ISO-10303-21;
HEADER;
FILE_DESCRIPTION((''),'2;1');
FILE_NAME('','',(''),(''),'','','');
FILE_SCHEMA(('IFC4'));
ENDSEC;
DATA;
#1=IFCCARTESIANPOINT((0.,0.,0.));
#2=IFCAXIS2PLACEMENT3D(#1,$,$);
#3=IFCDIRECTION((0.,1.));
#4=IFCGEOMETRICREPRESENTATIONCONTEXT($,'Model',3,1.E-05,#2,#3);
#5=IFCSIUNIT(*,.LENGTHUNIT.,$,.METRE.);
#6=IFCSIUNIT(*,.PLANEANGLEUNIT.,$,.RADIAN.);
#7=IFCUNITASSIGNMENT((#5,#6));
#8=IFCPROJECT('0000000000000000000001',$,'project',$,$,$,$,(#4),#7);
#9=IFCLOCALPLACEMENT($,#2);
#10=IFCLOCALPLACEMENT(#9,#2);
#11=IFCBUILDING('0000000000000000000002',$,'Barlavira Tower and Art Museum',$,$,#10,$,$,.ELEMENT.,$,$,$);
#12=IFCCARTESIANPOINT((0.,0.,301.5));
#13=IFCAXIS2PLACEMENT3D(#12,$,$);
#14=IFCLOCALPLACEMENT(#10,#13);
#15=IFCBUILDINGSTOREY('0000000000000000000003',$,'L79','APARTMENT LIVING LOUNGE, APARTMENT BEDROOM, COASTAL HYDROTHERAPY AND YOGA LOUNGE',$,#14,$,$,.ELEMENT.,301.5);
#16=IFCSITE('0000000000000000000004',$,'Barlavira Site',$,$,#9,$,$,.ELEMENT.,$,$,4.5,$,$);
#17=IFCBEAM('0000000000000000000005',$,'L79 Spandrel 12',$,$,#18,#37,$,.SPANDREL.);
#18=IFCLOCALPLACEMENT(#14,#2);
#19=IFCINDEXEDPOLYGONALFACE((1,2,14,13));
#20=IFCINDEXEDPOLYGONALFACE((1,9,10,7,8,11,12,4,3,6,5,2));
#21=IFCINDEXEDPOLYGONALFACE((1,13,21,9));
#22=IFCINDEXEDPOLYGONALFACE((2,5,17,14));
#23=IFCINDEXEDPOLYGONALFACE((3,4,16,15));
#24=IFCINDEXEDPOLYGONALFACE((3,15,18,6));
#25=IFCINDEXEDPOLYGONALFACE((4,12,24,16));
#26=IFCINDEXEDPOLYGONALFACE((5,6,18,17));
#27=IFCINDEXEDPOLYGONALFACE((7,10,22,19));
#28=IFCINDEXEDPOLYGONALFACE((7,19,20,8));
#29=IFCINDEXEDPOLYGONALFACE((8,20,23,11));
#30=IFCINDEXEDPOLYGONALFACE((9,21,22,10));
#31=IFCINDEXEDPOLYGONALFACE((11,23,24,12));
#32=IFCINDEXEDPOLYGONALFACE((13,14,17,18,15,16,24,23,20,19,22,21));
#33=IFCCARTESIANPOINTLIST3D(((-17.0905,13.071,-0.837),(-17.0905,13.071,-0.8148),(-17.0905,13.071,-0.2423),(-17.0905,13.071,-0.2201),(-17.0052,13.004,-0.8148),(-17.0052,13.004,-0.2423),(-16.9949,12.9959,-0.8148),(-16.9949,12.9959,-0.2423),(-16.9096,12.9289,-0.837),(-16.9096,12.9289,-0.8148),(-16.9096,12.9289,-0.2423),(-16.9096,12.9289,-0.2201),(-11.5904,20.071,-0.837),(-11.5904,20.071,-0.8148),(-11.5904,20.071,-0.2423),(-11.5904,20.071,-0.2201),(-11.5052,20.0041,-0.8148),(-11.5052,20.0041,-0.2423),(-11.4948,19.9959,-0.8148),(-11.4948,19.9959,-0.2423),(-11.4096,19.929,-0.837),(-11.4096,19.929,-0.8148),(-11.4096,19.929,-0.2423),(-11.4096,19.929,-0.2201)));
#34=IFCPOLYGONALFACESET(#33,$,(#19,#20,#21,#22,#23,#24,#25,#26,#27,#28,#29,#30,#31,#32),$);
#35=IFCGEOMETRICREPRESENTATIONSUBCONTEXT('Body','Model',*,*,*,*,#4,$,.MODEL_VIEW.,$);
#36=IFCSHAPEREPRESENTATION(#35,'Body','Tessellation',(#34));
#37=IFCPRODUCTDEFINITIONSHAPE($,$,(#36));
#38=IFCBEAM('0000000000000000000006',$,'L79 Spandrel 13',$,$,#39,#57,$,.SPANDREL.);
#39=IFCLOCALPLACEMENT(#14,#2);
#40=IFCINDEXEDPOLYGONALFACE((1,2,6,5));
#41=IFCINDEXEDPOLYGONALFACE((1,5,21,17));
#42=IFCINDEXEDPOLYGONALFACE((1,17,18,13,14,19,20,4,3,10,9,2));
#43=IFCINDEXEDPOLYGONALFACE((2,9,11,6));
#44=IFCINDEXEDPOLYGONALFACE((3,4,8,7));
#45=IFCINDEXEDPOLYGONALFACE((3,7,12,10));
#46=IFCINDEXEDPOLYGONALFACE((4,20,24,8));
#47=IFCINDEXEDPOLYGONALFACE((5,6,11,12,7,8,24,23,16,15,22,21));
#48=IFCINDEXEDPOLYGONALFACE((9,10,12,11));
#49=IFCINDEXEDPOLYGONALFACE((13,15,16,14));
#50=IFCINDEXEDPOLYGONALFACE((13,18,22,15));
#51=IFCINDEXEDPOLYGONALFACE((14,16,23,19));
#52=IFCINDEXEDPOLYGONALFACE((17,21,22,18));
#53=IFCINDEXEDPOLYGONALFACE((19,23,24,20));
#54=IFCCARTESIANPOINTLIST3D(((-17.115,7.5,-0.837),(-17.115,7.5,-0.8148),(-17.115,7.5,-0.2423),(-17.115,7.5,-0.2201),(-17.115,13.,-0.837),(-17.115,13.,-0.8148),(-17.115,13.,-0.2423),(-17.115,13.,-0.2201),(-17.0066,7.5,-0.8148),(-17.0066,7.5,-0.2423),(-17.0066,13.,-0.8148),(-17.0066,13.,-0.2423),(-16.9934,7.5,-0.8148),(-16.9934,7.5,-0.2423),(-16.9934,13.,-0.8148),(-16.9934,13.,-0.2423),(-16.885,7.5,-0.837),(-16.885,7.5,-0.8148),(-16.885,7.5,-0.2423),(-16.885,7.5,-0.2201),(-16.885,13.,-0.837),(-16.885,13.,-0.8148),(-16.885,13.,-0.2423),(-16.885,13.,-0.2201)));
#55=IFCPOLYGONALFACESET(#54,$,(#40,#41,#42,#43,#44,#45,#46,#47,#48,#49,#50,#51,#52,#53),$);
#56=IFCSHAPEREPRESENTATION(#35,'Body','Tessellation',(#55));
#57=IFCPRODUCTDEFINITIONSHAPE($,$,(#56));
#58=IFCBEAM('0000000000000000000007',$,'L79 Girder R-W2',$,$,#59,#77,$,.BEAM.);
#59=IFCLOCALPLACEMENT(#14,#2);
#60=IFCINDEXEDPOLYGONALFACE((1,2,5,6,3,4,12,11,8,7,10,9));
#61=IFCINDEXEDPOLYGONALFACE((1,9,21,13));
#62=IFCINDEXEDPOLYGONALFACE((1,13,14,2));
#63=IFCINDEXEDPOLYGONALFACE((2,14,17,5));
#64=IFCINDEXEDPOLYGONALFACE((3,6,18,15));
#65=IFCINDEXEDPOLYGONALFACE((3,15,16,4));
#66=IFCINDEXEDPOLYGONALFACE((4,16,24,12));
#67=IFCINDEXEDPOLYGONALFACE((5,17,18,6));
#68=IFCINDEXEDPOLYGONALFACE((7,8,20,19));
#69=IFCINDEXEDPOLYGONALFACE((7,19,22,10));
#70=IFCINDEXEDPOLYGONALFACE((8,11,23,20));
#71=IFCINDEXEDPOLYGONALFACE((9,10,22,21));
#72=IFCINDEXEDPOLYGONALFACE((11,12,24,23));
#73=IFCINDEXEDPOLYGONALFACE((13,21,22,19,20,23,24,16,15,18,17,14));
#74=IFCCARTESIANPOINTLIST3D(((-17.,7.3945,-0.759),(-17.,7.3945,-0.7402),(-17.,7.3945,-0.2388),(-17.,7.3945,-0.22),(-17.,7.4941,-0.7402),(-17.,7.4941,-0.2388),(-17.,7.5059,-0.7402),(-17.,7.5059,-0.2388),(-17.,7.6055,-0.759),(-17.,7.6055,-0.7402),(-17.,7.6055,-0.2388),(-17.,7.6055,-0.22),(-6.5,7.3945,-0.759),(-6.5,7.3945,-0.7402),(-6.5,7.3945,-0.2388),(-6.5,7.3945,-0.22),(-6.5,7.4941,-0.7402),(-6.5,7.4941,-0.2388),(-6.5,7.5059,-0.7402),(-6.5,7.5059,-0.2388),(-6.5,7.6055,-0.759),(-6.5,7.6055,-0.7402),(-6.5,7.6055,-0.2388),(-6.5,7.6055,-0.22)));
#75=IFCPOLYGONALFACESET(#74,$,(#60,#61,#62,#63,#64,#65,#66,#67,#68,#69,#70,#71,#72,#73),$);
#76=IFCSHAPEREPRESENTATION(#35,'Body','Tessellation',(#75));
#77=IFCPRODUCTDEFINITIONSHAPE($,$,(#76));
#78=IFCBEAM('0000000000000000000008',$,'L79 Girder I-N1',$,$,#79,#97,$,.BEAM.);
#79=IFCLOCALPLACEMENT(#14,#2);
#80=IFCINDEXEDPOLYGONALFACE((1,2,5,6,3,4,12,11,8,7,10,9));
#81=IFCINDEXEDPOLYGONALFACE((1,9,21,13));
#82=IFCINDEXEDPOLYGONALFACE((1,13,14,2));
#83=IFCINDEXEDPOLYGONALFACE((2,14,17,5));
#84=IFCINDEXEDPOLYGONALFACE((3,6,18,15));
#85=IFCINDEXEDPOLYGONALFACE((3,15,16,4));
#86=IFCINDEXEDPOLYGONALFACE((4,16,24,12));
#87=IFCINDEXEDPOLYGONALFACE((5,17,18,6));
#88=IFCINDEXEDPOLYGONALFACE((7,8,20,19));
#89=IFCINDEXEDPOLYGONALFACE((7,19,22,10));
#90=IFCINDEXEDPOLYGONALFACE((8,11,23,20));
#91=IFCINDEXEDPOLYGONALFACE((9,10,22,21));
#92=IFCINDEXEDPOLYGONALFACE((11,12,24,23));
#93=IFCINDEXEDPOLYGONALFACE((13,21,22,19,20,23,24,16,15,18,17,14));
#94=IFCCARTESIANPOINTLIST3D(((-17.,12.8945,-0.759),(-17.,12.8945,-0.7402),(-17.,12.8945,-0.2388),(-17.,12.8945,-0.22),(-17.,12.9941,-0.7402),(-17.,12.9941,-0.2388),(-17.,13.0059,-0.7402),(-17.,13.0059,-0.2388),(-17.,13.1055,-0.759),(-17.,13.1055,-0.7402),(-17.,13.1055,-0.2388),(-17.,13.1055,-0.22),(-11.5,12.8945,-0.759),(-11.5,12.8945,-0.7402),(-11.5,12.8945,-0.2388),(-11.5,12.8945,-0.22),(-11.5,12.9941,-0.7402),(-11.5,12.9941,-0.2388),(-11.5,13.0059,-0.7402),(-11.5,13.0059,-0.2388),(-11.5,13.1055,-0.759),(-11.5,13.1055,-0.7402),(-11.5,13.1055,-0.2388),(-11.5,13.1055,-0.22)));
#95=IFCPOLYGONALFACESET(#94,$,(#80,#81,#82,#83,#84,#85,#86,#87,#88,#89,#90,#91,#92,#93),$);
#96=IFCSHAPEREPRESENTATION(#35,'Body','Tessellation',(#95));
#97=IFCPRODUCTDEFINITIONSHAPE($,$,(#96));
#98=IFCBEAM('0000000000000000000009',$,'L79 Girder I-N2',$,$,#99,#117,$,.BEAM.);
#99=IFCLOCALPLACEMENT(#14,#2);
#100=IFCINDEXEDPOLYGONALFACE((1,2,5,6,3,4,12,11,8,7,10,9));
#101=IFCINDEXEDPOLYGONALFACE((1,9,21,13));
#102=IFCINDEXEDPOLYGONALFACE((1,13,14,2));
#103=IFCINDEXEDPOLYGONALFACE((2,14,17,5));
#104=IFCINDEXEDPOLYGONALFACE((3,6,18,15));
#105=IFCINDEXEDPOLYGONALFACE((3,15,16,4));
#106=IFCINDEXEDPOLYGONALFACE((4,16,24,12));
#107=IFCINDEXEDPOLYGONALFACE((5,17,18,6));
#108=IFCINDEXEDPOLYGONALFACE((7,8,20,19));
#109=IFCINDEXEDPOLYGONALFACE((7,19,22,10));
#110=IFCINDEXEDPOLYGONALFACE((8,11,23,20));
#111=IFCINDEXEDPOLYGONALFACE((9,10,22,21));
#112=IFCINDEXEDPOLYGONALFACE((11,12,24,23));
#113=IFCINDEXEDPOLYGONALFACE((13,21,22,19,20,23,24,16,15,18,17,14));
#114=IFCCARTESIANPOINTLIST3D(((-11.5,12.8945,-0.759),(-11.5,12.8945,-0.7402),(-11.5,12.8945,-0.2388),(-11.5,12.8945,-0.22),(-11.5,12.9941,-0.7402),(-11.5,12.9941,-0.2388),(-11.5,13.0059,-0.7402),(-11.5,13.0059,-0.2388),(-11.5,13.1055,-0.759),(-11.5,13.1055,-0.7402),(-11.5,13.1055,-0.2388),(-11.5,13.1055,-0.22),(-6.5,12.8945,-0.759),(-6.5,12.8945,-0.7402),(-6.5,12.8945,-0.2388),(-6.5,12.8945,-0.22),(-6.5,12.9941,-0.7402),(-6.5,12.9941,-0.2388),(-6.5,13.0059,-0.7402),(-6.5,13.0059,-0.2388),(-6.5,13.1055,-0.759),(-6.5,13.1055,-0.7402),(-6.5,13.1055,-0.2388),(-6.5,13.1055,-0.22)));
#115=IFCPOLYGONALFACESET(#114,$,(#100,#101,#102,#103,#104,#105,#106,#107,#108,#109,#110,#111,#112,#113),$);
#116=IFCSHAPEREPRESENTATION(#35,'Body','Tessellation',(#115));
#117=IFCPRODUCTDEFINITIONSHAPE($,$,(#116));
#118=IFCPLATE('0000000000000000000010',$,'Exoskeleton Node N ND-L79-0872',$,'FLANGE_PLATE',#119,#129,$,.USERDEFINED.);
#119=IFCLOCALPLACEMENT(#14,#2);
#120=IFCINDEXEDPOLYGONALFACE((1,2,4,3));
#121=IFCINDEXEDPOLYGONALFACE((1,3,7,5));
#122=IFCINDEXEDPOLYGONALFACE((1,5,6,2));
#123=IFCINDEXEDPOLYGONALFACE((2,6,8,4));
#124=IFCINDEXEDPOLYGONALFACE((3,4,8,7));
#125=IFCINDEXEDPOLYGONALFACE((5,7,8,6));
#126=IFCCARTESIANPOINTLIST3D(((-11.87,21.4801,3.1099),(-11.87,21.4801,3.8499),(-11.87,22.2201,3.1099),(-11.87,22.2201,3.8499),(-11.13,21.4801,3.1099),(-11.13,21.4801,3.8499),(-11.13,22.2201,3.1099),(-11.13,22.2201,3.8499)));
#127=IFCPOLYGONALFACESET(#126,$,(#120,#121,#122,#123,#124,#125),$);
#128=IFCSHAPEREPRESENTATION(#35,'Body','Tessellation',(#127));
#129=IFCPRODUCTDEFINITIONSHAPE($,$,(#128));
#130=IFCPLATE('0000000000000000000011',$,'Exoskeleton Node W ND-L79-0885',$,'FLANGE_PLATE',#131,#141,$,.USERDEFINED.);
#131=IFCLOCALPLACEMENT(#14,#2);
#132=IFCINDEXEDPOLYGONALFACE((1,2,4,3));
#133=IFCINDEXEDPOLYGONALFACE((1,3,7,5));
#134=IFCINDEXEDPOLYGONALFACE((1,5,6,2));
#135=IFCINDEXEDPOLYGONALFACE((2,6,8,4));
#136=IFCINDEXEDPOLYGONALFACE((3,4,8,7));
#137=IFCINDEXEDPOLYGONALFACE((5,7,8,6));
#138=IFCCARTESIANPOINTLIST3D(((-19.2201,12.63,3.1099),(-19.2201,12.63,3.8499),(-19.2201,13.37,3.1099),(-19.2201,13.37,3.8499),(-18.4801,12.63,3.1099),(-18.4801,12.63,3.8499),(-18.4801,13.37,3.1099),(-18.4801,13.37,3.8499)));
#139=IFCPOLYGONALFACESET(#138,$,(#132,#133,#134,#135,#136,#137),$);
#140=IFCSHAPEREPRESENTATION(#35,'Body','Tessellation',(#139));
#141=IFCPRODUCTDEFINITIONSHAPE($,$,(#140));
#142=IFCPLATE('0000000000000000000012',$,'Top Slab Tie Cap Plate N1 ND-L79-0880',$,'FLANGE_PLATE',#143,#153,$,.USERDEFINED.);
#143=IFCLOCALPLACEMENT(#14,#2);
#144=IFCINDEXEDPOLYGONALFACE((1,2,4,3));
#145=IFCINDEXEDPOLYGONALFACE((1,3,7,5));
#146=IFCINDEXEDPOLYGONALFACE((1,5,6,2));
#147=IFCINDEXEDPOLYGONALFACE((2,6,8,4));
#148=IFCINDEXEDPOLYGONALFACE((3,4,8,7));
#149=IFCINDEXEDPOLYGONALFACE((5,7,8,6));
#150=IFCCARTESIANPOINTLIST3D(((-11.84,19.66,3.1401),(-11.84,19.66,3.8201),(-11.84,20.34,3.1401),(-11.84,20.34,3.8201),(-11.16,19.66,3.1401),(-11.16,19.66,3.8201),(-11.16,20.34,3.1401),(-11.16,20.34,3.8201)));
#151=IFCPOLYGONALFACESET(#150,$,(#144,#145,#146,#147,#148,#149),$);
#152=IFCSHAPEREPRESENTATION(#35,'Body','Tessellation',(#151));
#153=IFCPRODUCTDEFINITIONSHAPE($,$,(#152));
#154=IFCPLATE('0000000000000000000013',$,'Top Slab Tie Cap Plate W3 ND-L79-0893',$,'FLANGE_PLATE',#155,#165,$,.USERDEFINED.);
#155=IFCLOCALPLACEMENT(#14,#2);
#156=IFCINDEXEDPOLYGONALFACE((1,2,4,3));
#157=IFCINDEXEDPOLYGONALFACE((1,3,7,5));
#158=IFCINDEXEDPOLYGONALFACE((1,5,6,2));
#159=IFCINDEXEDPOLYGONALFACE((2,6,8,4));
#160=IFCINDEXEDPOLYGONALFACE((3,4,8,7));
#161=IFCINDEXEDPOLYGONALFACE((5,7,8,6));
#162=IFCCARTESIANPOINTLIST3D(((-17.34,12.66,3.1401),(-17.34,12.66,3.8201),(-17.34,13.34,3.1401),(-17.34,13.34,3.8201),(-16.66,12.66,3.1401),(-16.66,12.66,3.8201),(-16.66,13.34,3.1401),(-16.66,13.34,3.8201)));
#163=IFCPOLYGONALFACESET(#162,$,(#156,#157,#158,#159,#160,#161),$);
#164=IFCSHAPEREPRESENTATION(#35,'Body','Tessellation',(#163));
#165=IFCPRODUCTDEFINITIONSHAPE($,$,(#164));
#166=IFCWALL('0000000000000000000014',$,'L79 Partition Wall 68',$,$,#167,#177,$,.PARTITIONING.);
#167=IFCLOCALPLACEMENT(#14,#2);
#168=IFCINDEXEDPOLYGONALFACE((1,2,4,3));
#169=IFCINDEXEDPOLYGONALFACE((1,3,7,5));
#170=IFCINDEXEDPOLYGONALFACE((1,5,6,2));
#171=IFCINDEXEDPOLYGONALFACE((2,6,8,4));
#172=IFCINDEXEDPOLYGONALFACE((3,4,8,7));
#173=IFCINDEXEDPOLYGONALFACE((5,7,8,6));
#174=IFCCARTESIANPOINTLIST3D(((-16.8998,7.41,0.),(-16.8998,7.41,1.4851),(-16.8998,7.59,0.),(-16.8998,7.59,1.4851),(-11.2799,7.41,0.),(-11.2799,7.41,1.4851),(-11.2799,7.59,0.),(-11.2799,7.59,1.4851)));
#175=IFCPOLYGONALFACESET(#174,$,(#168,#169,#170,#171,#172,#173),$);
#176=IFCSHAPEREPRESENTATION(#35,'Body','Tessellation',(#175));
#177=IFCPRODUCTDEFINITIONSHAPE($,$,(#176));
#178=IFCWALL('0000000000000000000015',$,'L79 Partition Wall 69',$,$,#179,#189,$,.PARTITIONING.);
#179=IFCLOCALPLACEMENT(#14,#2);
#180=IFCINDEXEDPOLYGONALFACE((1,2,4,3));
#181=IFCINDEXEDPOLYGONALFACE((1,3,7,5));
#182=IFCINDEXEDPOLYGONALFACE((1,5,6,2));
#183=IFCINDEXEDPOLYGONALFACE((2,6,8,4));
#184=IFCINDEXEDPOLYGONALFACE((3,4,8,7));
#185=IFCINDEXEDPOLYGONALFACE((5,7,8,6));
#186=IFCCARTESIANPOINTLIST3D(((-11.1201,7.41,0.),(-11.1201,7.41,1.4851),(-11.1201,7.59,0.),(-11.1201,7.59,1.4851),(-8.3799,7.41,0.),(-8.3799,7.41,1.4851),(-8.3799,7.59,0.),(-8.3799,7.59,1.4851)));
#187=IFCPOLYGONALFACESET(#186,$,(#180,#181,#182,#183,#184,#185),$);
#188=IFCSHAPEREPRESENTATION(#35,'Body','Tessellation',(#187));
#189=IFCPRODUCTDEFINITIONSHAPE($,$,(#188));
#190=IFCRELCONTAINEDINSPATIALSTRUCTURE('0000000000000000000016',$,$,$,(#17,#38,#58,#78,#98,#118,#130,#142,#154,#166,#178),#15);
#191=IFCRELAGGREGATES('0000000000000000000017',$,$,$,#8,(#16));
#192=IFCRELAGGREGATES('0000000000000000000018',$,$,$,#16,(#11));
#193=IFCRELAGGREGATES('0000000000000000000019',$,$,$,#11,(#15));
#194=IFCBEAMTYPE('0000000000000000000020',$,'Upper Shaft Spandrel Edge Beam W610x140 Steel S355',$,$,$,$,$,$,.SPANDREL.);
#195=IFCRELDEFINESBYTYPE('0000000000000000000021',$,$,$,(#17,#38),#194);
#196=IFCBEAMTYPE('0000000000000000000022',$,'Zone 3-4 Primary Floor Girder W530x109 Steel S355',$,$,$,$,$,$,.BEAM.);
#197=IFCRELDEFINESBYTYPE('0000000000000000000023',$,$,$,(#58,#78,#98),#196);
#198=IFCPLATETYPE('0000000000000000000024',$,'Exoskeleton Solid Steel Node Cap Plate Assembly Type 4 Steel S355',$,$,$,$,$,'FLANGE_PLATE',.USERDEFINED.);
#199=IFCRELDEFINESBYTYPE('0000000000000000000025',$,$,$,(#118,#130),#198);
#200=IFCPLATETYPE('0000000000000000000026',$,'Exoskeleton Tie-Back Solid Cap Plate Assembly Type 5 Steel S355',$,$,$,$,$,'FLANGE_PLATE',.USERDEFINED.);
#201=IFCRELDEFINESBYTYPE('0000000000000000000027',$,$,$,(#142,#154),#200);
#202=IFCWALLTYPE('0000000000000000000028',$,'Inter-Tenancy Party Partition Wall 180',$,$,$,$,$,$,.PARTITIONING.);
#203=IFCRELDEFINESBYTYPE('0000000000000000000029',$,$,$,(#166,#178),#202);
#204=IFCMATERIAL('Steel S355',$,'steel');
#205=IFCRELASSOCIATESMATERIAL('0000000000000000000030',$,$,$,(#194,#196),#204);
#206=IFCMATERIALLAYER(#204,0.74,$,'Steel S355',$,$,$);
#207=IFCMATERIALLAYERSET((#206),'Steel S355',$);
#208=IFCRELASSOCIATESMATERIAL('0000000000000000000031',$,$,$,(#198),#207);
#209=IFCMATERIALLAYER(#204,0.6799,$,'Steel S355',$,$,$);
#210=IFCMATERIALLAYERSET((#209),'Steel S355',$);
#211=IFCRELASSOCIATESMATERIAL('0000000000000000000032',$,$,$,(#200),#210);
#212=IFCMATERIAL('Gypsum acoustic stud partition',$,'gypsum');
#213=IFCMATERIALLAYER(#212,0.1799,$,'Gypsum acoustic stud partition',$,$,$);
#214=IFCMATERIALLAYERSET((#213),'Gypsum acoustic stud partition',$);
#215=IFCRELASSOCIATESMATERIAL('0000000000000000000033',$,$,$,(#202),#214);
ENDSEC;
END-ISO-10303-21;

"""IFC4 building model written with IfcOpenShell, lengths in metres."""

from ifc_helpers import new_model, si_unit, direction, frame, frame_2d, origin, origin_2d, place, context, subcontext, project, spatial, rectangle, i_section, extrude, material, layer, layer_set, material_profile, profile_set, type_object, element, save


model = new_model("IFC4")

# Units and contexts
model_context = context("Model", 3, precision=1e-05, world=origin(), true_north=direction((0.0, 1.0)))
body_context = subcontext(model_context, "Body", "Model", "MODEL_VIEW")
ifc_project = project(units=[si_unit("LENGTHUNIT", "METRE"), si_unit("PLANEANGLEUNIT", "RADIAN")], contexts=[model_context])

# Site, building, storey
site_placement = place(None, origin())
site = spatial("IfcSite", under=ifc_project, at=site_placement, Name="Barlavira Site", CompositionType="ELEMENT", RefElevation=4.5)
building_placement = place(site_placement, origin())
building = spatial("IfcBuilding", under=site, at=building_placement, Name="Barlavira Tower and Art Museum", CompositionType="ELEMENT")
storey_placement = place(building_placement, frame((0.0, 0.0, 301.5)))
storey = spatial("IfcBuildingStorey", under=building, at=storey_placement, Name="L79", Description="APARTMENT LIVING LOUNGE, APARTMENT BEDROOM, COASTAL HYDROTHERAPY AND YOGA LOUNGE", CompositionType="ELEMENT", Elevation=301.5)

# Shared definitions
ifc_material_1 = material(Name="Steel S355", Category="steel")

# Beams
ifc_material_profile_1 = material_profile(ifc_material_1, i_section(OverallWidth=0.23, OverallDepth=0.6169, WebThickness=0.0132, FlangeThickness=0.0222, at=origin_2d()), Name="W610x140.0")
ifc_profile_set_1 = profile_set([ifc_material_profile_1], Name="Steel S355")
beam_type_1 = type_object("IfcBeamType", Name="Upper Shaft Spandrel Edge Beam W610x140 Steel S355", PredefinedType="SPANDREL", material=ifc_profile_set_1)
beam_1_placement = place(storey_placement, frame((-11.5, 20.0, -0.5286), z_axis=(-0.617822, -0.786318, 0.0), x_axis=(0.786318, -0.617822, 0.0)))
element("IfcBeam", 1, at=beam_1_placement, inside=storey, type_object=beam_type_1, Name="L79 Spandrel 12", PredefinedType="SPANDREL", context=body_context, shape_type="SweptSolid", body=[
    extrude(i_section(OverallWidth=0.23, OverallDepth=0.6169, WebThickness=0.0132, FlangeThickness=0.0222, at=origin_2d()), origin(), (0.0, 0.0, 1.0), 8.9023),
])
beam_2_placement = place(storey_placement, frame((-17.0, 7.5, -0.5286), z_axis=(0.0, 1.0, 0.0), x_axis=(-1.0, 0.0, 0.0)))
element("IfcBeam", 2, at=beam_2_placement, inside=storey, type_object=beam_type_1, Name="L79 Spandrel 13", PredefinedType="SPANDREL", context=body_context, shape_type="SweptSolid", body=[
    extrude(i_section(OverallWidth=0.23, OverallDepth=0.6169, WebThickness=0.0132, FlangeThickness=0.0222, at=origin_2d()), origin(), (0.0, 0.0, 1.0), 5.5),
])
ifc_material_profile_2 = material_profile(ifc_material_1, i_section(OverallWidth=0.2109, OverallDepth=0.5391, WebThickness=0.0117, FlangeThickness=0.0188, at=origin_2d()), Name="W530x109.0")
ifc_profile_set_2 = profile_set([ifc_material_profile_2], Name="Steel S355")
beam_type_2 = type_object("IfcBeamType", Name="Zone 3-4 Primary Floor Girder W530x109 Steel S355", PredefinedType="BEAM", material=ifc_profile_set_2)
beam_3_placement = place(storey_placement, frame((-17.0, 7.5, -0.4895), z_axis=(1.0, 0.0, 0.0), x_axis=(0.0, 1.0, 0.0)))
element("IfcBeam", 3, at=beam_3_placement, inside=storey, type_object=beam_type_2, Name="L79 Girder R-W2", PredefinedType="BEAM", context=body_context, shape_type="SweptSolid", body=[
    extrude(i_section(OverallWidth=0.2109, OverallDepth=0.5391, WebThickness=0.0117, FlangeThickness=0.0188, at=origin_2d()), origin(), (0.0, 0.0, 1.0), 10.5),
])
beam_4_placement = place(storey_placement, frame((-17.0, 13.0, -0.4895), z_axis=(1.0, 0.0, 0.0), x_axis=(0.0, 1.0, 0.0)))
element("IfcBeam", 4, at=beam_4_placement, inside=storey, type_object=beam_type_2, Name="L79 Girder I-N1", PredefinedType="BEAM", context=body_context, shape_type="SweptSolid", body=[
    extrude(i_section(OverallWidth=0.2109, OverallDepth=0.5391, WebThickness=0.0117, FlangeThickness=0.0188, at=origin_2d()), origin(), (0.0, 0.0, 1.0), 5.5),
])
beam_5_placement = place(storey_placement, frame((-11.5, 13.0, -0.4895), z_axis=(1.0, 0.0, 0.0), x_axis=(0.0, 1.0, 0.0)))
element("IfcBeam", 5, at=beam_5_placement, inside=storey, type_object=beam_type_2, Name="L79 Girder I-N2", PredefinedType="BEAM", context=body_context, shape_type="SweptSolid", body=[
    extrude(i_section(OverallWidth=0.2109, OverallDepth=0.5391, WebThickness=0.0117, FlangeThickness=0.0188, at=origin_2d()), origin(), (0.0, 0.0, 1.0), 5.0),
])

# Plates
ifc_layer_1 = layer(ifc_material_1, 0.74, Name="Steel S355")
ifc_layer_set_1 = layer_set([ifc_layer_1], Name="Steel S355")
plate_type_1 = type_object("IfcPlateType", Name="Exoskeleton Solid Steel Node Cap Plate Assembly Type 4 Steel S355", ElementType="FLANGE_PLATE", PredefinedType="USERDEFINED", material=ifc_layer_set_1)
for number, where, z_axis, x_axis, name in (
    (6, (-11.5, 21.8501, 3.1099), (0.0, 0.0, 1.0), (1.0, 0.0, 0.0), "Exoskeleton Node N ND-L79-0872"),
    (7, (-18.8501, 13.0, 3.1099), (0.0, 0.0, 1.0), (1.0, 0.0, 0.0), "Exoskeleton Node W ND-L79-0885"),
):
    element("IfcPlate", number, at=place(storey_placement, frame(where, z_axis=z_axis, x_axis=x_axis)), inside=storey, type_object=plate_type_1, Name=name, ObjectType="FLANGE_PLATE", PredefinedType="USERDEFINED", context=body_context, shape_type="SweptSolid", body=[
        extrude(rectangle(XDim=0.74, YDim=0.74, at=origin_2d()), origin(), (0.0, 0.0, 1.0), 0.74),
    ])
ifc_layer_2 = layer(ifc_material_1, 0.6799, Name="Steel S355")
ifc_layer_set_2 = layer_set([ifc_layer_2], Name="Steel S355")
plate_type_2 = type_object("IfcPlateType", Name="Exoskeleton Tie-Back Solid Cap Plate Assembly Type 5 Steel S355", ElementType="FLANGE_PLATE", PredefinedType="USERDEFINED", material=ifc_layer_set_2)
for number, where, z_axis, x_axis, name in (
    (8, (-11.5, 20.0, 3.1401), (0.0, 0.0, 1.0), (1.0, 0.0, 0.0), "Top Slab Tie Cap Plate N1 ND-L79-0880"),
    (9, (-17.0, 13.0, 3.1401), (0.0, 0.0, 1.0), (1.0, 0.0, 0.0), "Top Slab Tie Cap Plate W3 ND-L79-0893"),
):
    element("IfcPlate", number, at=place(storey_placement, frame(where, z_axis=z_axis, x_axis=x_axis)), inside=storey, type_object=plate_type_2, Name=name, ObjectType="FLANGE_PLATE", PredefinedType="USERDEFINED", context=body_context, shape_type="SweptSolid", body=[
        extrude(rectangle(XDim=0.6799, YDim=0.6799, at=origin_2d()), origin(), (0.0, 0.0, 1.0), 0.6799),
    ])

# Walls
ifc_material_2 = material(Name="Gypsum acoustic stud partition", Category="gypsum")
ifc_layer_3 = layer(ifc_material_2, 0.1799, Name="Gypsum acoustic stud partition")
ifc_layer_set_3 = layer_set([ifc_layer_3], Name="Gypsum acoustic stud partition")
wall_type_1 = type_object("IfcWallType", Name="Inter-Tenancy Party Partition Wall 180", PredefinedType="PARTITIONING", material=ifc_layer_set_3)
wall_1_placement = place(storey_placement, frame((-16.8999, 7.5, 0.0), z_axis=(0.0, 0.0, 1.0), x_axis=(1.0, 0.0, 0.0)))
element("IfcWall", 10, at=wall_1_placement, inside=storey, type_object=wall_type_1, Name="L79 Partition Wall 68", PredefinedType="PARTITIONING", context=body_context, shape_type="SweptSolid", body=[
    extrude(rectangle(XDim=5.6199, YDim=0.1799, at=frame_2d((2.8101, 0.0))), origin(), (0.0, 0.0, 1.0), 1.4851),
])
wall_2_placement = place(storey_placement, frame((-11.1201, 7.5, 0.0), z_axis=(0.0, 0.0, 1.0), x_axis=(1.0, 0.0, 0.0)))
element("IfcWall", 11, at=wall_2_placement, inside=storey, type_object=wall_type_1, Name="L79 Partition Wall 69", PredefinedType="PARTITIONING", context=body_context, shape_type="SweptSolid", body=[
    extrude(rectangle(XDim=2.7402, YDim=0.1799, at=frame_2d((1.3701, 0.0))), origin(), (0.0, 0.0, 1.0), 1.4851),
])

save(model, "model.ifc")
